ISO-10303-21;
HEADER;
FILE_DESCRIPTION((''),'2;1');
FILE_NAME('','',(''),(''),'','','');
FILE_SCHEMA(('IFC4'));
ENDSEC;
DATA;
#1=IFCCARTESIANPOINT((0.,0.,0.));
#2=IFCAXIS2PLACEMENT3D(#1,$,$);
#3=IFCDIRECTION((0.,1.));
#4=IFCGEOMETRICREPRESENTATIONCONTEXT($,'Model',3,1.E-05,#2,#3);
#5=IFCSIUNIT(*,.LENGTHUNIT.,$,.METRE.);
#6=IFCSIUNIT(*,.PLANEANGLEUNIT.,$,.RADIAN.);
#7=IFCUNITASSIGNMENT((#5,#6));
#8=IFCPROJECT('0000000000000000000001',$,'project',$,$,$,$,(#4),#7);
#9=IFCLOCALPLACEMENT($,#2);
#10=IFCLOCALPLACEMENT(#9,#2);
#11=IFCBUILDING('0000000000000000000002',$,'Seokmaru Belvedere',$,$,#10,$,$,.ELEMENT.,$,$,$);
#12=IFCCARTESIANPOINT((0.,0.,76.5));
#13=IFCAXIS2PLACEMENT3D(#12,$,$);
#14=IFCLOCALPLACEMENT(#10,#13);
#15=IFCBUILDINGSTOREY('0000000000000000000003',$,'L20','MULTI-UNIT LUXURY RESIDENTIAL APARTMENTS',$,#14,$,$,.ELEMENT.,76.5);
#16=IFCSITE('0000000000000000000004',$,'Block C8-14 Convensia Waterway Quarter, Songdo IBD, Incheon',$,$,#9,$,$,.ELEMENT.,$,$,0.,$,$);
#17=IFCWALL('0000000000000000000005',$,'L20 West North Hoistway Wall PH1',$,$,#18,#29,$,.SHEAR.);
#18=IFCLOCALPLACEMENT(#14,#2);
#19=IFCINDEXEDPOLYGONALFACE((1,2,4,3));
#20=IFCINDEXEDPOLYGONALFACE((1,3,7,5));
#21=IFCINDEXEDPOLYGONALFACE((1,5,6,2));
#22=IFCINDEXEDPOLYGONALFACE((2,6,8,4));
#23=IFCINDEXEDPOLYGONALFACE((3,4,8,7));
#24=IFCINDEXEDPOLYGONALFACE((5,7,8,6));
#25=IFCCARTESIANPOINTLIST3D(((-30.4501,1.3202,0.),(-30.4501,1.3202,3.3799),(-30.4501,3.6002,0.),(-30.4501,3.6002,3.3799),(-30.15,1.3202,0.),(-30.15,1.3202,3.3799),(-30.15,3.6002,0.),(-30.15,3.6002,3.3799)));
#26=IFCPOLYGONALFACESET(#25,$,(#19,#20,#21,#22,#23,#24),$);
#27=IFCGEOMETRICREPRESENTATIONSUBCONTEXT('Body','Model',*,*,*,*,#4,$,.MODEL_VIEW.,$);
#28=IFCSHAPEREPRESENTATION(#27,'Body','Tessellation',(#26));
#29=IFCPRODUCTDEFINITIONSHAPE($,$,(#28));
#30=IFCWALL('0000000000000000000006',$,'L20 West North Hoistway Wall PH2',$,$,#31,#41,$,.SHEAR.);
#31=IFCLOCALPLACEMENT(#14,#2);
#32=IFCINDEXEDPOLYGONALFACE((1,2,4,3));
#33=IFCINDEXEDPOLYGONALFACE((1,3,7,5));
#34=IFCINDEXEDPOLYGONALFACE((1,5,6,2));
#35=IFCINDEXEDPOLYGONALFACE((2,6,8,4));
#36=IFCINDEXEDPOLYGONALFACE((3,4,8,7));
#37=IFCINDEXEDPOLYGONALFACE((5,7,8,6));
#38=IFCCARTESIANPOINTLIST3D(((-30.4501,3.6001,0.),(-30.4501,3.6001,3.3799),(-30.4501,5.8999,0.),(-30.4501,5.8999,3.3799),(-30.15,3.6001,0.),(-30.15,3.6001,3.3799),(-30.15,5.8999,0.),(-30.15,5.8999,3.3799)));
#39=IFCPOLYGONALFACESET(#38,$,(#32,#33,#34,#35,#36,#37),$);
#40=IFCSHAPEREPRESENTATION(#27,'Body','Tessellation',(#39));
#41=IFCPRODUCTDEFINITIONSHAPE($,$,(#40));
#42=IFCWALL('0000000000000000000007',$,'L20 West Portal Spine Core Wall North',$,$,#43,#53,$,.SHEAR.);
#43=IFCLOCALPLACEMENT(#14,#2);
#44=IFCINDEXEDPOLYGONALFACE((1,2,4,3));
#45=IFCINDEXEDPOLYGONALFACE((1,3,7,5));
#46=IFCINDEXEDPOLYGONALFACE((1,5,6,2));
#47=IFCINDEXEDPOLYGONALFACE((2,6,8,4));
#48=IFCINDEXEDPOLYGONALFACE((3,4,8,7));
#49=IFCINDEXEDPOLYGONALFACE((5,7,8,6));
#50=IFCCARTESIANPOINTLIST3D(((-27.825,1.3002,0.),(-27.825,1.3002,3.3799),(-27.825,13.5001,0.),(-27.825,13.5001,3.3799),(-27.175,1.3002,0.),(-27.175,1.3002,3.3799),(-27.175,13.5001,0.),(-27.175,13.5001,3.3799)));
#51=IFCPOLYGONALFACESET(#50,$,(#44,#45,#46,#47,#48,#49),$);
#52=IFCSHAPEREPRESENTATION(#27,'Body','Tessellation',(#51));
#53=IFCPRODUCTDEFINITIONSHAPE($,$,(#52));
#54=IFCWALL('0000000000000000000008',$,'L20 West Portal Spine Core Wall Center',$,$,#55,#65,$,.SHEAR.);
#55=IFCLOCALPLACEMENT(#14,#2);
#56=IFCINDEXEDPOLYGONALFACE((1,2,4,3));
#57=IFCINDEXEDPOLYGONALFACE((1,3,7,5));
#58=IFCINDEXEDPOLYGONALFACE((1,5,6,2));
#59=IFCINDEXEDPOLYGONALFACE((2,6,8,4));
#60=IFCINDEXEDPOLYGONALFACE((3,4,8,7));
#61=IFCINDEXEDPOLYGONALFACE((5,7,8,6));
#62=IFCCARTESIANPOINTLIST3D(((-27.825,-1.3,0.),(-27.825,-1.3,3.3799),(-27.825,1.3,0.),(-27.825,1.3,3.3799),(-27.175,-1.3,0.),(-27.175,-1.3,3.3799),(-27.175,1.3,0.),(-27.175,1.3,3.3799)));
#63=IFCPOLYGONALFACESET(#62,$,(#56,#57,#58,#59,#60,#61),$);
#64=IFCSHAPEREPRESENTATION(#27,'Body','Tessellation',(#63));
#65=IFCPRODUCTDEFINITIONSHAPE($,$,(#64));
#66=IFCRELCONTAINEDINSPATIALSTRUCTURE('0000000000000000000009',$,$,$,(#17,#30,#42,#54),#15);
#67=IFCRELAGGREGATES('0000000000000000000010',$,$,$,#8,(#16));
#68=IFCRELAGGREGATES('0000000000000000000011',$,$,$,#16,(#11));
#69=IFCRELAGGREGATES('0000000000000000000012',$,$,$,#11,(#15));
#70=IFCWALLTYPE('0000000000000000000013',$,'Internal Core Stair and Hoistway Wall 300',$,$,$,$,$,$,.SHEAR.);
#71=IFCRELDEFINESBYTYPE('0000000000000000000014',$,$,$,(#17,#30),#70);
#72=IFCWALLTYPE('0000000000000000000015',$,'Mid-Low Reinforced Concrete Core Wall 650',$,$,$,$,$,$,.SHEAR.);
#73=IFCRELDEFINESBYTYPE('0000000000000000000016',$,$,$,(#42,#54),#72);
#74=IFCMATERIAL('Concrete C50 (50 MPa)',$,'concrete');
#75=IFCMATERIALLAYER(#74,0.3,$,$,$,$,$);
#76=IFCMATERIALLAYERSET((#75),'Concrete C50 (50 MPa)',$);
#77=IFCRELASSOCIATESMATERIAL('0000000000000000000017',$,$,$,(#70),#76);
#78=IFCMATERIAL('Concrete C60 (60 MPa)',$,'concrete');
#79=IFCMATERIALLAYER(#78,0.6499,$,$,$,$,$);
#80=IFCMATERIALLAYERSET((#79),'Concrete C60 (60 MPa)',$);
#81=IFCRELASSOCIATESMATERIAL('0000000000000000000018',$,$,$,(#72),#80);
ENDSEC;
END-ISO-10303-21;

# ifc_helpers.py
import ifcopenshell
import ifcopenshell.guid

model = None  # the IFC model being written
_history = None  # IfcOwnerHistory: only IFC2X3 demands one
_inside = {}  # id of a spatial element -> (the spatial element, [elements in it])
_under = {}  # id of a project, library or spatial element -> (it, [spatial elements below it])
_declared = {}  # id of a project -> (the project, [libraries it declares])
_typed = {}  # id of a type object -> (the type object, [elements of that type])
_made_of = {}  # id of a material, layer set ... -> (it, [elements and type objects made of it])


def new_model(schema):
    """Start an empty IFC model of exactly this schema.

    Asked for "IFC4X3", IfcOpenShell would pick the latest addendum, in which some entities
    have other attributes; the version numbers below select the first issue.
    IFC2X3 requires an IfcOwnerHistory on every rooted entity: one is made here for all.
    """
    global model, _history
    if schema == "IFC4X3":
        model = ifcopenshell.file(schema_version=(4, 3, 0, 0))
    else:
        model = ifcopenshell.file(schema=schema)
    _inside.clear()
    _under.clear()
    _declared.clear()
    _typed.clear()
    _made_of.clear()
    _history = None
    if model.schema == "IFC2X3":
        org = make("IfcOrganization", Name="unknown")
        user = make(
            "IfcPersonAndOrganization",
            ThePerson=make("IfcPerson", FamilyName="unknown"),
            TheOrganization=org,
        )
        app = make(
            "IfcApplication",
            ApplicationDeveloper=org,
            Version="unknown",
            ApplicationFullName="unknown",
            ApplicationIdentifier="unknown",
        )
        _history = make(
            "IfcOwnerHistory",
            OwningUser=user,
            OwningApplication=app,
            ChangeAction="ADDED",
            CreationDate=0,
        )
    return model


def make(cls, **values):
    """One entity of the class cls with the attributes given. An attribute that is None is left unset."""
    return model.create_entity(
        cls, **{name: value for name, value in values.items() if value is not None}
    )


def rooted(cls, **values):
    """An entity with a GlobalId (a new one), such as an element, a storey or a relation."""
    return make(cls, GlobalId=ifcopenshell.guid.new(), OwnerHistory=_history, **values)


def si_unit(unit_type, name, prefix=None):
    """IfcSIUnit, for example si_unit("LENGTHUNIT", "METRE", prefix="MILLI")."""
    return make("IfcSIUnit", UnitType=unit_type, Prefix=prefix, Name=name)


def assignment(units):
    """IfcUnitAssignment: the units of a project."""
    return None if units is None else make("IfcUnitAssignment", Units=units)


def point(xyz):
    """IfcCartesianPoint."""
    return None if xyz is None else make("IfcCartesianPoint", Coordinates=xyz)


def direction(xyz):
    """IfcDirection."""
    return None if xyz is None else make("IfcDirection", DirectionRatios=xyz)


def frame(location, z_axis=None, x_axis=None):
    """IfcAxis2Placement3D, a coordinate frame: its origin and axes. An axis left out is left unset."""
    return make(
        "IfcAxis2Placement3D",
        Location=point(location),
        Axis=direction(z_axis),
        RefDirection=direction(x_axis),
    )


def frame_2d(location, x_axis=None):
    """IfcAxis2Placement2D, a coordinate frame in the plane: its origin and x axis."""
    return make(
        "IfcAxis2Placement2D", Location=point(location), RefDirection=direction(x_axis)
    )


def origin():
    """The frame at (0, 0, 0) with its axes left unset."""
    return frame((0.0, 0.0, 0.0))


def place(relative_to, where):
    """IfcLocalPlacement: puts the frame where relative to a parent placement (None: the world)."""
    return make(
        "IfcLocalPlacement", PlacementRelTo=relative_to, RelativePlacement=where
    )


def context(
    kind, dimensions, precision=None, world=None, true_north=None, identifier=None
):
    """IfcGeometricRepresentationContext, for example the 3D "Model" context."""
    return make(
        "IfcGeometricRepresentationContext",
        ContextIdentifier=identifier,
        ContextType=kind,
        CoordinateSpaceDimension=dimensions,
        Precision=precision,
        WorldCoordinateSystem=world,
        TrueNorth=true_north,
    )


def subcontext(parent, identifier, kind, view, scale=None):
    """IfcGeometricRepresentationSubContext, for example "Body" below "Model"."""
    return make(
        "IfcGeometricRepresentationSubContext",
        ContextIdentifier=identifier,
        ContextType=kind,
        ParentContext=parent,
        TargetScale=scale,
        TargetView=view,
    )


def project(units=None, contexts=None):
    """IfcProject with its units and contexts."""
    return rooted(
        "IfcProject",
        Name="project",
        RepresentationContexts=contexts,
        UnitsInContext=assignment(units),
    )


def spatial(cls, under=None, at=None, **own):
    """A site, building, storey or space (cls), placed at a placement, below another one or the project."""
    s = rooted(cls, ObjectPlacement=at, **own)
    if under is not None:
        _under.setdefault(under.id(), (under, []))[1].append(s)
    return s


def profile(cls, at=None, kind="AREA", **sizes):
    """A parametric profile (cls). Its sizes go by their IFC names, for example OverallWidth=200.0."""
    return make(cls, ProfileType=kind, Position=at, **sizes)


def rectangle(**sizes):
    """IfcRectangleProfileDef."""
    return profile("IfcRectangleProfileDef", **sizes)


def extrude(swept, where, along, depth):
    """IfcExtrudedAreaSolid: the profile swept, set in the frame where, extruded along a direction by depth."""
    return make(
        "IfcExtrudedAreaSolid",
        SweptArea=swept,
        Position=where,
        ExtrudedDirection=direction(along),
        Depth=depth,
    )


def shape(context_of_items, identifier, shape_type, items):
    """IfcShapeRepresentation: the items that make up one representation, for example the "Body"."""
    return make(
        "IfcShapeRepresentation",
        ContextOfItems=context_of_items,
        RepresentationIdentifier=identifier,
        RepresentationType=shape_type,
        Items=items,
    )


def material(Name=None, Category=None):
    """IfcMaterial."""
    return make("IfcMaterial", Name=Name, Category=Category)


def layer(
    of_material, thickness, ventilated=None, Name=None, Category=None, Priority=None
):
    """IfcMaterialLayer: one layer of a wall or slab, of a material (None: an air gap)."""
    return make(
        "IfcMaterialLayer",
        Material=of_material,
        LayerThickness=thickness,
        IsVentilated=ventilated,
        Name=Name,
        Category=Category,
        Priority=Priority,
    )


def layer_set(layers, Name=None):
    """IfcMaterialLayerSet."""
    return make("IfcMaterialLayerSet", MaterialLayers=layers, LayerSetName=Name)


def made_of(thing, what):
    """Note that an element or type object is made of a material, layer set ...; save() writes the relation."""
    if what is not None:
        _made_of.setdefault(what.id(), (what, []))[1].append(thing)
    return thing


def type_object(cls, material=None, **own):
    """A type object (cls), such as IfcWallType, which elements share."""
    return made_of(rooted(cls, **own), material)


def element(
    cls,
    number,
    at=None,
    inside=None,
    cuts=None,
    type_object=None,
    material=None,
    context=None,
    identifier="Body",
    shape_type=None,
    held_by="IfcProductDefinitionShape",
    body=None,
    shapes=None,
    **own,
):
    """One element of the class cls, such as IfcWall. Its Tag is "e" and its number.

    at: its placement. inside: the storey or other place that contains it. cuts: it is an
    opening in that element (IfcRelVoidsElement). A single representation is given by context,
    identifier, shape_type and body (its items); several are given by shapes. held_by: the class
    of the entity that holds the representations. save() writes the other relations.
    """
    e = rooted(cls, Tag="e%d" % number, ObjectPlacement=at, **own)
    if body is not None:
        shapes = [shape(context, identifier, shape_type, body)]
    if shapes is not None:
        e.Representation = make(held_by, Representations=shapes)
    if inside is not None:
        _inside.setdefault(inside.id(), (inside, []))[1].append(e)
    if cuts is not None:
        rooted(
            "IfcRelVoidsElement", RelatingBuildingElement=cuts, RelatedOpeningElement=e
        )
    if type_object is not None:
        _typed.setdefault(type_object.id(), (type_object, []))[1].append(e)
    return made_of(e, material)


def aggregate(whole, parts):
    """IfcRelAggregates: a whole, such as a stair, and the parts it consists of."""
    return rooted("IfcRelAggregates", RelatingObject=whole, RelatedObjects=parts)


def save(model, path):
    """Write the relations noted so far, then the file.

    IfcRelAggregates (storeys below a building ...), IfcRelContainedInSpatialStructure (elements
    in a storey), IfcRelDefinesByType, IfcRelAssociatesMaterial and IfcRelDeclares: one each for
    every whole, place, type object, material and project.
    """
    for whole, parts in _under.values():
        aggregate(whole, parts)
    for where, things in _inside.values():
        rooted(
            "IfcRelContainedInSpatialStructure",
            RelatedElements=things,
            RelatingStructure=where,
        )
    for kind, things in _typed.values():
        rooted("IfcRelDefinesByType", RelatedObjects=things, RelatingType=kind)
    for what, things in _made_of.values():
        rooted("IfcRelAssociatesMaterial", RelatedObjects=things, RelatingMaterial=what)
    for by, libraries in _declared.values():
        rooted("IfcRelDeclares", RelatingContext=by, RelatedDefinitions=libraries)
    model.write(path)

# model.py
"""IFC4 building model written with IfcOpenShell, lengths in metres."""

from ifc_helpers import new_model, si_unit, direction, frame, frame_2d, origin, place, context, subcontext, project, spatial, rectangle, extrude, material, layer, layer_set, type_object, element, save


model = new_model("IFC4")

# Units and contexts
model_context = context("Model", 3, precision=1e-05, world=origin(), true_north=direction((0.0, 1.0)))
body_context = subcontext(model_context, "Body", "Model", "MODEL_VIEW")
ifc_project = project(units=[si_unit("LENGTHUNIT", "METRE"), si_unit("PLANEANGLEUNIT", "RADIAN")], contexts=[model_context])

# Site, building, storey
site_placement = place(None, origin())
site = spatial("IfcSite", under=ifc_project, at=site_placement, Name="Block C8-14 Convensia Waterway Quarter, Songdo IBD, Incheon", CompositionType="ELEMENT", RefElevation=0.0)
building_placement = place(site_placement, origin())
building = spatial("IfcBuilding", under=site, at=building_placement, Name="Seokmaru Belvedere", CompositionType="ELEMENT")
storey_placement = place(building_placement, frame((0.0, 0.0, 76.5)))
storey = spatial("IfcBuildingStorey", under=building, at=storey_placement, Name="L20", Description="MULTI-UNIT LUXURY RESIDENTIAL APARTMENTS", CompositionType="ELEMENT", Elevation=76.5)

# Walls
ifc_material_1 = material(Name="Concrete C50 (50 MPa)", Category="concrete")
ifc_layer_1 = layer(ifc_material_1, 0.3)
ifc_layer_set_1 = layer_set([ifc_layer_1], Name="Concrete C50 (50 MPa)")
wall_type_1 = type_object("IfcWallType", Name="Internal Core Stair and Hoistway Wall 300", PredefinedType="SHEAR", material=ifc_layer_set_1)
wall_1_placement = place(storey_placement, frame((-30.3, 1.3201, 0.0), z_axis=(0.0, 0.0, 1.0), x_axis=(0.0, 1.0, 0.0)))
element("IfcWall", 1, at=wall_1_placement, inside=storey, type_object=wall_type_1, Name="L20 West North Hoistway Wall PH1", PredefinedType="SHEAR", context=body_context, shape_type="SweptSolid", body=[
    extrude(rectangle(XDim=2.28, YDim=0.3, at=frame_2d((1.1401, 0.0))), origin(), (0.0, 0.0, 1.0), 3.3799),
])
wall_2_placement = place(storey_placement, frame((-30.3, 3.6001, 0.0), z_axis=(0.0, 0.0, 1.0), x_axis=(0.0, 1.0, 0.0)))
element("IfcWall", 2, at=wall_2_placement, inside=storey, type_object=wall_type_1, Name="L20 West North Hoistway Wall PH2", PredefinedType="SHEAR", context=body_context, shape_type="SweptSolid", body=[
    extrude(rectangle(XDim=2.2998, YDim=0.3, at=frame_2d((1.1499, 0.0))), origin(), (0.0, 0.0, 1.0), 3.3799),
])
ifc_material_2 = material(Name="Concrete C60 (60 MPa)", Category="concrete")
ifc_layer_2 = layer(ifc_material_2, 0.6499)
ifc_layer_set_2 = layer_set([ifc_layer_2], Name="Concrete C60 (60 MPa)")
wall_type_2 = type_object("IfcWallType", Name="Mid-Low Reinforced Concrete Core Wall 650", PredefinedType="SHEAR", material=ifc_layer_set_2)
wall_3_placement = place(storey_placement, frame((-27.5, 1.3, 0.0), z_axis=(0.0, 0.0, 1.0), x_axis=(0.0, 1.0, 0.0)))
element("IfcWall", 3, at=wall_3_placement, inside=storey, type_object=wall_type_2, Name="L20 West Portal Spine Core Wall North", PredefinedType="SHEAR", context=body_context, shape_type="SweptSolid", body=[
    extrude(rectangle(XDim=12.2, YDim=0.6499, at=frame_2d((6.1001, 0.0))), origin(), (0.0, 0.0, 1.0), 3.3799),
])
wall_4_placement = place(storey_placement, frame((-27.5, -1.3, 0.0), z_axis=(0.0, 0.0, 1.0), x_axis=(0.0, 1.0, 0.0)))
element("IfcWall", 4, at=wall_4_placement, inside=storey, type_object=wall_type_2, Name="L20 West Portal Spine Core Wall Center", PredefinedType="SHEAR", context=body_context, shape_type="SweptSolid", body=[
    extrude(rectangle(XDim=2.6001, YDim=0.6499, at=frame_2d((1.3, 0.0))), origin(), (0.0, 0.0, 1.0), 3.3799),
])

save(model, "model.ifc")
